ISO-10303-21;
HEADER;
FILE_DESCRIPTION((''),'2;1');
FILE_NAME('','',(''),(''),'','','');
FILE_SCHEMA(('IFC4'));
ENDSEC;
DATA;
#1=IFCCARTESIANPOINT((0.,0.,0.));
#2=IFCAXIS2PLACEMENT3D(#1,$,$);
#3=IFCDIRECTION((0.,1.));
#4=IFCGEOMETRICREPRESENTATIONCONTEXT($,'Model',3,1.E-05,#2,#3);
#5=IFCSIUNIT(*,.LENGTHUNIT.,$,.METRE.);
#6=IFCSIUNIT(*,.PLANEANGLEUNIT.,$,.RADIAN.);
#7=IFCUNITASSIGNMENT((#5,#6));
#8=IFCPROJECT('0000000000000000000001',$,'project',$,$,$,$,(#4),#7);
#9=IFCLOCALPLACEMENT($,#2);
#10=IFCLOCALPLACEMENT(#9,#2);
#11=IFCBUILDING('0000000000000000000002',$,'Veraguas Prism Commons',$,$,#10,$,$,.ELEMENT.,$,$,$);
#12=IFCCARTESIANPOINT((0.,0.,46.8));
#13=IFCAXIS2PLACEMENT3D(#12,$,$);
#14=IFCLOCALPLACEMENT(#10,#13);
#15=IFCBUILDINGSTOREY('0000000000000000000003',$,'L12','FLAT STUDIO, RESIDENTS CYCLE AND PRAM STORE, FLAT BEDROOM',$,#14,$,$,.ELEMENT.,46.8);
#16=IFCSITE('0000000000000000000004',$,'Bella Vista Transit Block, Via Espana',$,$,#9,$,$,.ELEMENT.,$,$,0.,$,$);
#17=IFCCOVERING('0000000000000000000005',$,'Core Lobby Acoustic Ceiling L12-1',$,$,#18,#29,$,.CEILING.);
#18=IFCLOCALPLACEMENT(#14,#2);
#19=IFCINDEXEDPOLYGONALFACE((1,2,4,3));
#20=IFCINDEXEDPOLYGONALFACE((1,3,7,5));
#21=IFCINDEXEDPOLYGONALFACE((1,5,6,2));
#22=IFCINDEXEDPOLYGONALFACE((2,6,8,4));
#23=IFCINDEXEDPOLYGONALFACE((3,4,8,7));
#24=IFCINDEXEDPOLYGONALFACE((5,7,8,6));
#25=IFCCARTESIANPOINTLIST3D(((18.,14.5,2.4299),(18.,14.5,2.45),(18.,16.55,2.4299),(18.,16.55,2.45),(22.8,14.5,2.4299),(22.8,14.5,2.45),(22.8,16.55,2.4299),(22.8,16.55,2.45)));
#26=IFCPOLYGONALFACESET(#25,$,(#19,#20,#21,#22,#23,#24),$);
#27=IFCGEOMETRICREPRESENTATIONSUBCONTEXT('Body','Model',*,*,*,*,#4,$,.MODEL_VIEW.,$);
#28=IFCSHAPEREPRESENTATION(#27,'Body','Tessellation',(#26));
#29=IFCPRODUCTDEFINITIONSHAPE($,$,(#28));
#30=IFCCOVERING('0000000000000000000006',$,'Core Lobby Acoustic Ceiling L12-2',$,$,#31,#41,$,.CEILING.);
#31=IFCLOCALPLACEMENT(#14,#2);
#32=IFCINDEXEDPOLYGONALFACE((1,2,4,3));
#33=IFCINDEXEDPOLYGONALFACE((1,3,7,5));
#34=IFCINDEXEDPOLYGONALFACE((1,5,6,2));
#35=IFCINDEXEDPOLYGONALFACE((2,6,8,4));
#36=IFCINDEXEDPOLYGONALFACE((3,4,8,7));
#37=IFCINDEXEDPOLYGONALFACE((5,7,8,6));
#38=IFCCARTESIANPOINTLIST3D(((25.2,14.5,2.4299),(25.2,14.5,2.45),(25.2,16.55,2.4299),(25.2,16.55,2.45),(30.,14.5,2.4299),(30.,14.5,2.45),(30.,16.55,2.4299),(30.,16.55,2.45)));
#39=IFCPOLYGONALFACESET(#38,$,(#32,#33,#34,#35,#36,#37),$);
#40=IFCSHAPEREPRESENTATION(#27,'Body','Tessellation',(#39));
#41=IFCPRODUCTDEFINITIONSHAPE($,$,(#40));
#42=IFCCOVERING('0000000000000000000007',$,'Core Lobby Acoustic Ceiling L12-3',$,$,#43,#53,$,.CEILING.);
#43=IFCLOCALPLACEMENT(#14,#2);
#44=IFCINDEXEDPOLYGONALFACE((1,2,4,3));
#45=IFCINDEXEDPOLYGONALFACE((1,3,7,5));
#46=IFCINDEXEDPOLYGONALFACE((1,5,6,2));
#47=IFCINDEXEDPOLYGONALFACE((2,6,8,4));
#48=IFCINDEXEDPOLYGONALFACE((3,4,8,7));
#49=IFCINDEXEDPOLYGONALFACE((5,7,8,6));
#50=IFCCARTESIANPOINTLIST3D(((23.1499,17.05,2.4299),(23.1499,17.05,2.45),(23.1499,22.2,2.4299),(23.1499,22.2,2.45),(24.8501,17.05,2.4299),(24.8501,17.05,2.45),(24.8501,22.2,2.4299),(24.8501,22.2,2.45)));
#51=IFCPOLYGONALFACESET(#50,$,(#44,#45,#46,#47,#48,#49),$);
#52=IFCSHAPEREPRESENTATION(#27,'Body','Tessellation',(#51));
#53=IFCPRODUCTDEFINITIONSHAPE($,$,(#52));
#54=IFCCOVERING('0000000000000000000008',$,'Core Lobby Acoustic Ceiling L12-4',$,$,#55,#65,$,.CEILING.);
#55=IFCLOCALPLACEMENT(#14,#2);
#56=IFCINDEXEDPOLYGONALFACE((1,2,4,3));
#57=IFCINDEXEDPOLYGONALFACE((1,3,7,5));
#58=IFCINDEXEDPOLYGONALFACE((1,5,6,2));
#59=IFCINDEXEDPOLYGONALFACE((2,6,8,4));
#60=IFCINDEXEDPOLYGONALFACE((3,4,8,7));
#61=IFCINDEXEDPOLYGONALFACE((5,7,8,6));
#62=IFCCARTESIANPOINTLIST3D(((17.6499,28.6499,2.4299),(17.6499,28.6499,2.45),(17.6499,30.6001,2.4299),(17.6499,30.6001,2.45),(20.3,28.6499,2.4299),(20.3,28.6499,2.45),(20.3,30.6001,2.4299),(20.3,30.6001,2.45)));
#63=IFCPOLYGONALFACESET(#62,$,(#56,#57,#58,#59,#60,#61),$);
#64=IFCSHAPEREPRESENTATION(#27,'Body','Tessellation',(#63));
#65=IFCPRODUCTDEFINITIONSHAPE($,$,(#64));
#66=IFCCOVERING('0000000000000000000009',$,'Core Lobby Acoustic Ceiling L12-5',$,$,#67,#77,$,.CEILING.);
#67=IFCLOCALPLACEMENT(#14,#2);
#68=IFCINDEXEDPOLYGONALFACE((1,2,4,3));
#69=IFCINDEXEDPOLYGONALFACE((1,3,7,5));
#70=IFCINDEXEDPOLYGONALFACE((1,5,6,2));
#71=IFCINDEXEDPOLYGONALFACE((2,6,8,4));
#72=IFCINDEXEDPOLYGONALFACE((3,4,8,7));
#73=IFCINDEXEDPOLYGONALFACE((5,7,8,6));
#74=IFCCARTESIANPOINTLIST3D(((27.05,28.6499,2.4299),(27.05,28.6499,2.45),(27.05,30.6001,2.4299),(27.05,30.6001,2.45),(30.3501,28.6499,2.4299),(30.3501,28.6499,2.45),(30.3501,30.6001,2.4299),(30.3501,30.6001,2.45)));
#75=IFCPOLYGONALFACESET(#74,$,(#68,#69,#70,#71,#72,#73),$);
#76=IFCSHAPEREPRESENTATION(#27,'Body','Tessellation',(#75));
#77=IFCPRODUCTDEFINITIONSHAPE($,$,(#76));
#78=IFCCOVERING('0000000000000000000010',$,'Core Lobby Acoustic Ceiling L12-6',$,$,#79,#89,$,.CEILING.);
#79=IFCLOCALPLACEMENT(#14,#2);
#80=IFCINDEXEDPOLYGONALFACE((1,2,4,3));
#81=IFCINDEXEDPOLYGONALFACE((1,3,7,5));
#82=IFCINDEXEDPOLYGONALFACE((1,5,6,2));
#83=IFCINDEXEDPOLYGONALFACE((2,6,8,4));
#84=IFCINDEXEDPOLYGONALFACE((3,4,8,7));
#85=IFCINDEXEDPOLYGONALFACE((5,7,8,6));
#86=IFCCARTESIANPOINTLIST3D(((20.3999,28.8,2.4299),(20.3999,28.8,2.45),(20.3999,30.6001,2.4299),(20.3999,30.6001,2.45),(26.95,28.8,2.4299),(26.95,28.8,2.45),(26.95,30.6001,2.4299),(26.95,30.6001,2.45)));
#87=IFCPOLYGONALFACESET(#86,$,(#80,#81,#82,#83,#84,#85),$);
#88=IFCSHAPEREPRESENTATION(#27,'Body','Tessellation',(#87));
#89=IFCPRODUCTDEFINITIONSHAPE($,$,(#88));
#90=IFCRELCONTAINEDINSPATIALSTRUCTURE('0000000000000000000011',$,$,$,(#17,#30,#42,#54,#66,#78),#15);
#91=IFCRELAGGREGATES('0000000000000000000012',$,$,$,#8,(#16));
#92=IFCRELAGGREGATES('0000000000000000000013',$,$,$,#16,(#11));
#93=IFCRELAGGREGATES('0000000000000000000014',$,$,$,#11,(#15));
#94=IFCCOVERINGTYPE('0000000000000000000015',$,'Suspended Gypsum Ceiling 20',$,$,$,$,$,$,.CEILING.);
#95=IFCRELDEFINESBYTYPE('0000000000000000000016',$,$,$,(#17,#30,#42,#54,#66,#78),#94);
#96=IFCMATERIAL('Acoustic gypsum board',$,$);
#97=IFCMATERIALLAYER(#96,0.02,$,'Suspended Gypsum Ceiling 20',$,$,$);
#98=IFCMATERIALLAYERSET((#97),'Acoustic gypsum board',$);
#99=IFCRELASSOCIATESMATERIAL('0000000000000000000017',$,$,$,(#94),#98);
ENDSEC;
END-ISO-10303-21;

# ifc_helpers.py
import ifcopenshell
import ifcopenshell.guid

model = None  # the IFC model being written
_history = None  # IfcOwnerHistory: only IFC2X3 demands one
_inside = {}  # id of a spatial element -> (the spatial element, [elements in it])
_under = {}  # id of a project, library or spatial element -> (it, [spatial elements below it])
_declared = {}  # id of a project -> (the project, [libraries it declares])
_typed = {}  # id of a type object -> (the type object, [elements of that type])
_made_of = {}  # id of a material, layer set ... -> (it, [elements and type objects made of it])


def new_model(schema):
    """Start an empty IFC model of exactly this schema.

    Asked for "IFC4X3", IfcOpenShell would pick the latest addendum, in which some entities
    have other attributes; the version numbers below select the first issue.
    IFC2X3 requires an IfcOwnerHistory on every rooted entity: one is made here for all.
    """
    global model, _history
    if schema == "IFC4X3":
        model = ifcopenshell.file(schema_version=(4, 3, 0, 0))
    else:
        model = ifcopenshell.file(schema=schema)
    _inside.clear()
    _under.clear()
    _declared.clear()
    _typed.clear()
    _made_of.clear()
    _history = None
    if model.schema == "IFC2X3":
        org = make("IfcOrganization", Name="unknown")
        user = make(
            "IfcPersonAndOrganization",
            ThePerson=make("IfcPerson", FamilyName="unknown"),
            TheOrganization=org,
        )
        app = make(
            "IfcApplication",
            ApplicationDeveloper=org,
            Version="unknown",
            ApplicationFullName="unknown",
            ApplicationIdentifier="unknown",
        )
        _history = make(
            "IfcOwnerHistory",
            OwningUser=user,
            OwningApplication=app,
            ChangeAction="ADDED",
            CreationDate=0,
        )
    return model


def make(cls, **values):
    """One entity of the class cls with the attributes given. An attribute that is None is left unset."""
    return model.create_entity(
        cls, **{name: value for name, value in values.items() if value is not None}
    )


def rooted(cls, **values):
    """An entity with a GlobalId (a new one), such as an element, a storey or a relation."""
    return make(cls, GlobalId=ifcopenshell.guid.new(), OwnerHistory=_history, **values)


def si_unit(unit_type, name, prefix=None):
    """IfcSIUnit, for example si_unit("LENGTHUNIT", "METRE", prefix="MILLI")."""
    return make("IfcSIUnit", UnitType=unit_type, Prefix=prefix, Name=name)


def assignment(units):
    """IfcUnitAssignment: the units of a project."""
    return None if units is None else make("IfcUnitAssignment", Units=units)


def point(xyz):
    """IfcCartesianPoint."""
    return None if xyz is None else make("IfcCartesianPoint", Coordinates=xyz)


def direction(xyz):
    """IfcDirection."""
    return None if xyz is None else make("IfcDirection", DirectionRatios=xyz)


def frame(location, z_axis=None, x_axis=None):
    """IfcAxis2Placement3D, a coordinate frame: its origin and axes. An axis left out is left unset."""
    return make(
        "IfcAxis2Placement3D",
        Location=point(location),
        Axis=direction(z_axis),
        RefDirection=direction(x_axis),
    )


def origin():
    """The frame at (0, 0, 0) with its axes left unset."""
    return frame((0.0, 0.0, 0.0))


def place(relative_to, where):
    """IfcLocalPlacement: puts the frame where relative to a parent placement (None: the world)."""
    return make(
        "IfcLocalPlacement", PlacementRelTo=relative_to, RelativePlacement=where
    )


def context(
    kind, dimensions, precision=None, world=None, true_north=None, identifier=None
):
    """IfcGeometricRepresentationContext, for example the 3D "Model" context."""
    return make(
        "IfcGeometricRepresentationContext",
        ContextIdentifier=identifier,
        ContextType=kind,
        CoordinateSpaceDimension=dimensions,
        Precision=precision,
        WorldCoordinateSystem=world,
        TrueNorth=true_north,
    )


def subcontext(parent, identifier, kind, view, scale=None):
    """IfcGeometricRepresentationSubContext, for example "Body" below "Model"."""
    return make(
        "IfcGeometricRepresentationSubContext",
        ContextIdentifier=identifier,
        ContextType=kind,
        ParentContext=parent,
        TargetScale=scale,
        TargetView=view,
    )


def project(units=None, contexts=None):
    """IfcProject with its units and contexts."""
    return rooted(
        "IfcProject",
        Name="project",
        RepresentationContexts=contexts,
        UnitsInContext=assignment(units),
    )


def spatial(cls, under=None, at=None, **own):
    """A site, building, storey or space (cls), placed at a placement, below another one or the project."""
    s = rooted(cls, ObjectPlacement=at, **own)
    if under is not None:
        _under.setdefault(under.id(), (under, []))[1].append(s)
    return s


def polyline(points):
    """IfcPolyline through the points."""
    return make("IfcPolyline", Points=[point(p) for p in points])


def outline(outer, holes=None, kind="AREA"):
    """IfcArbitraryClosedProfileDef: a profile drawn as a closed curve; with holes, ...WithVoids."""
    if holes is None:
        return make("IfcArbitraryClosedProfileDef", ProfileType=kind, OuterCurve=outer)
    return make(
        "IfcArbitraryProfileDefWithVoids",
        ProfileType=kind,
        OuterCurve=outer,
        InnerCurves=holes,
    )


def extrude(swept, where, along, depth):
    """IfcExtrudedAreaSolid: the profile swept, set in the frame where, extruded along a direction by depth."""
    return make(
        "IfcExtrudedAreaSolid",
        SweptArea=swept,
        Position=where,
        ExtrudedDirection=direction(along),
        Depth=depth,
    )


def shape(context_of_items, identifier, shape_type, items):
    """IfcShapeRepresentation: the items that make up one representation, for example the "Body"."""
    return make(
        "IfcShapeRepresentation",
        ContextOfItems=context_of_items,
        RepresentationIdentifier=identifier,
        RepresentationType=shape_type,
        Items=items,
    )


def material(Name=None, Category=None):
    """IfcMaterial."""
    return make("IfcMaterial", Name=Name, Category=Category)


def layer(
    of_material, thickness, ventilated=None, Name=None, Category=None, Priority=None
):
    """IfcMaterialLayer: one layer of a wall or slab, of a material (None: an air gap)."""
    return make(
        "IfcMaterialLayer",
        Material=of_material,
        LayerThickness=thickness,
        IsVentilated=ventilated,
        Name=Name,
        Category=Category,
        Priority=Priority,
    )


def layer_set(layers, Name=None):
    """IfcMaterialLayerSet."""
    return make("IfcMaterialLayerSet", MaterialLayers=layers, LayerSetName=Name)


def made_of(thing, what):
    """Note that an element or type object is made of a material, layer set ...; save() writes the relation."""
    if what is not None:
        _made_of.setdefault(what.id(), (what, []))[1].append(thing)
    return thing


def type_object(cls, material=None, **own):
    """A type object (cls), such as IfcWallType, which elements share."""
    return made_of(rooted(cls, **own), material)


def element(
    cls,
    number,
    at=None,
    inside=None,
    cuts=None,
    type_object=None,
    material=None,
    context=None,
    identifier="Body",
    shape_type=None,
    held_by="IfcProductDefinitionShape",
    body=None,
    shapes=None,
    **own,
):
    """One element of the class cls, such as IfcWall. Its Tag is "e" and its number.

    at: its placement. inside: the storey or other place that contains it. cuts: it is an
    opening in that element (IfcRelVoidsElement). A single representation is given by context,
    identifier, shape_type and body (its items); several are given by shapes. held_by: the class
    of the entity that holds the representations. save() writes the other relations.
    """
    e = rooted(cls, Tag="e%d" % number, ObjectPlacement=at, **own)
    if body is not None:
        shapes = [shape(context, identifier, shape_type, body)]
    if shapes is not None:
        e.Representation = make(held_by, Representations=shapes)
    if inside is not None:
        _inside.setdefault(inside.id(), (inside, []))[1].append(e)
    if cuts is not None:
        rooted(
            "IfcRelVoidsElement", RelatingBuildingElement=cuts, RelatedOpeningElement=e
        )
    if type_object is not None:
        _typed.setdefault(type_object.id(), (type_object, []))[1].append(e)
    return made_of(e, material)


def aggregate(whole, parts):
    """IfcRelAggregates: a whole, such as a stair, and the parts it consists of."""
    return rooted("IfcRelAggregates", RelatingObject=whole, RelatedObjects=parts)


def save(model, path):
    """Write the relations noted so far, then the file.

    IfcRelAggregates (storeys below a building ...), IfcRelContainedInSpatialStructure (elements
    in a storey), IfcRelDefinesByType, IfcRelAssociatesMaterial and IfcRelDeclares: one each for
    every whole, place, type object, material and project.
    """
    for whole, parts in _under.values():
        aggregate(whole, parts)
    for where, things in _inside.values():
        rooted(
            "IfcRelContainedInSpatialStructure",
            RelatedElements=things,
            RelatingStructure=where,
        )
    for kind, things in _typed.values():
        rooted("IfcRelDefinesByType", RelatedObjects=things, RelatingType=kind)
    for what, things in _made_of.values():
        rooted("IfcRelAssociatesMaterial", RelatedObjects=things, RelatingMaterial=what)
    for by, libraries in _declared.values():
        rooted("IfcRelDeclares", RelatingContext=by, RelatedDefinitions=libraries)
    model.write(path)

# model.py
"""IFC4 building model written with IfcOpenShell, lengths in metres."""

from ifc_helpers import new_model, si_unit, direction, frame, origin, place, context, subcontext, project, spatial, polyline, outline, extrude, material, layer, layer_set, type_object, element, save


model = new_model("IFC4")

# Units and contexts
model_context = context("Model", 3, precision=1e-05, world=origin(), true_north=direction((0.0, 1.0)))
body_context = subcontext(model_context, "Body", "Model", "MODEL_VIEW")
ifc_project = project(units=[si_unit("LENGTHUNIT", "METRE"), si_unit("PLANEANGLEUNIT", "RADIAN")], contexts=[model_context])

# Site, building, storey
site_placement = place(None, origin())
site = spatial("IfcSite", under=ifc_project, at=site_placement, Name="Bella Vista Transit Block, Via Espana", CompositionType="ELEMENT", RefElevation=0.0)
building_placement = place(site_placement, origin())
building = spatial("IfcBuilding", under=site, at=building_placement, Name="Veraguas Prism Commons", CompositionType="ELEMENT")
storey_placement = place(building_placement, frame((0.0, 0.0, 46.8)))
storey = spatial("IfcBuildingStorey", under=building, at=storey_placement, Name="L12", Description="FLAT STUDIO, RESIDENTS CYCLE AND PRAM STORE, FLAT BEDROOM", CompositionType="ELEMENT", Elevation=46.8)

# Coverings
ifc_material_1 = material(Name="Acoustic gypsum board")
ifc_layer_1 = layer(ifc_material_1, 0.02, Name="Suspended Gypsum Ceiling 20")
ifc_layer_set_1 = layer_set([ifc_layer_1], Name="Acoustic gypsum board")
covering_type_1 = type_object("IfcCoveringType", Name="Suspended Gypsum Ceiling 20", PredefinedType="CEILING", material=ifc_layer_set_1)
covering_1_placement = place(storey_placement, frame((0.0, 0.0, 2.4299)))
element("IfcCovering", 1, at=covering_1_placement, inside=storey, type_object=covering_type_1, Name="Core Lobby Acoustic Ceiling L12-1", PredefinedType="CEILING", context=body_context, shape_type="SweptSolid", body=[
    extrude(outline(polyline([(18.0, 14.5), (22.8, 14.5), (22.8, 16.55), (18.0, 16.55), (18.0, 14.5)])), origin(), (0.0, 0.0, 1.0), 0.02),
])
covering_2_placement = place(storey_placement, frame((0.0, 0.0, 2.4299)))
element("IfcCovering", 2, at=covering_2_placement, inside=storey, type_object=covering_type_1, Name="Core Lobby Acoustic Ceiling L12-2", PredefinedType="CEILING", context=body_context, shape_type="SweptSolid", body=[
    extrude(outline(polyline([(25.2, 14.5), (30.0, 14.5), (30.0, 16.55), (25.2, 16.55), (25.2, 14.5)])), origin(), (0.0, 0.0, 1.0), 0.02),
])
covering_3_placement = place(storey_placement, frame((0.0, 0.0, 2.4299)))
element("IfcCovering", 3, at=covering_3_placement, inside=storey, type_object=covering_type_1, Name="Core Lobby Acoustic Ceiling L12-3", PredefinedType="CEILING", context=body_context, shape_type="SweptSolid", body=[
    extrude(outline(polyline([(23.1499, 17.05), (24.8501, 17.05), (24.8501, 22.2), (23.1499, 22.2), (23.1499, 17.05)])), origin(), (0.0, 0.0, 1.0), 0.02),
])
covering_4_placement = place(storey_placement, frame((0.0, 0.0, 2.4299)))
element("IfcCovering", 4, at=covering_4_placement, inside=storey, type_object=covering_type_1, Name="Core Lobby Acoustic Ceiling L12-4", PredefinedType="CEILING", context=body_context, shape_type="SweptSolid", body=[
    extrude(outline(polyline([(17.6499, 28.6499), (20.3, 28.6499), (20.3, 30.6001), (17.6499, 30.6001), (17.6499, 28.6499)])), origin(), (0.0, 0.0, 1.0), 0.02),
])
covering_5_placement = place(storey_placement, frame((0.0, 0.0, 2.4299)))
element("IfcCovering", 5, at=covering_5_placement, inside=storey, type_object=covering_type_1, Name="Core Lobby Acoustic Ceiling L12-5", PredefinedType="CEILING", context=body_context, shape_type="SweptSolid", body=[
    extrude(outline(polyline([(27.05, 28.6499), (30.3501, 28.6499), (30.3501, 30.6001), (27.05, 30.6001), (27.05, 28.6499)])), origin(), (0.0, 0.0, 1.0), 0.02),
])
covering_6_placement = place(storey_placement, frame((0.0, 0.0, 2.4299)))
element("IfcCovering", 6, at=covering_6_placement, inside=storey, type_object=covering_type_1, Name="Core Lobby Acoustic Ceiling L12-6", PredefinedType="CEILING", context=body_context, shape_type="SweptSolid", body=[
    extrude(outline(polyline([(20.3999, 28.8), (26.95, 28.8), (26.95, 30.6001), (20.3999, 30.6001), (20.3999, 28.8)])), origin(), (0.0, 0.0, 1.0), 0.02),
])

save(model, "model.ifc")
